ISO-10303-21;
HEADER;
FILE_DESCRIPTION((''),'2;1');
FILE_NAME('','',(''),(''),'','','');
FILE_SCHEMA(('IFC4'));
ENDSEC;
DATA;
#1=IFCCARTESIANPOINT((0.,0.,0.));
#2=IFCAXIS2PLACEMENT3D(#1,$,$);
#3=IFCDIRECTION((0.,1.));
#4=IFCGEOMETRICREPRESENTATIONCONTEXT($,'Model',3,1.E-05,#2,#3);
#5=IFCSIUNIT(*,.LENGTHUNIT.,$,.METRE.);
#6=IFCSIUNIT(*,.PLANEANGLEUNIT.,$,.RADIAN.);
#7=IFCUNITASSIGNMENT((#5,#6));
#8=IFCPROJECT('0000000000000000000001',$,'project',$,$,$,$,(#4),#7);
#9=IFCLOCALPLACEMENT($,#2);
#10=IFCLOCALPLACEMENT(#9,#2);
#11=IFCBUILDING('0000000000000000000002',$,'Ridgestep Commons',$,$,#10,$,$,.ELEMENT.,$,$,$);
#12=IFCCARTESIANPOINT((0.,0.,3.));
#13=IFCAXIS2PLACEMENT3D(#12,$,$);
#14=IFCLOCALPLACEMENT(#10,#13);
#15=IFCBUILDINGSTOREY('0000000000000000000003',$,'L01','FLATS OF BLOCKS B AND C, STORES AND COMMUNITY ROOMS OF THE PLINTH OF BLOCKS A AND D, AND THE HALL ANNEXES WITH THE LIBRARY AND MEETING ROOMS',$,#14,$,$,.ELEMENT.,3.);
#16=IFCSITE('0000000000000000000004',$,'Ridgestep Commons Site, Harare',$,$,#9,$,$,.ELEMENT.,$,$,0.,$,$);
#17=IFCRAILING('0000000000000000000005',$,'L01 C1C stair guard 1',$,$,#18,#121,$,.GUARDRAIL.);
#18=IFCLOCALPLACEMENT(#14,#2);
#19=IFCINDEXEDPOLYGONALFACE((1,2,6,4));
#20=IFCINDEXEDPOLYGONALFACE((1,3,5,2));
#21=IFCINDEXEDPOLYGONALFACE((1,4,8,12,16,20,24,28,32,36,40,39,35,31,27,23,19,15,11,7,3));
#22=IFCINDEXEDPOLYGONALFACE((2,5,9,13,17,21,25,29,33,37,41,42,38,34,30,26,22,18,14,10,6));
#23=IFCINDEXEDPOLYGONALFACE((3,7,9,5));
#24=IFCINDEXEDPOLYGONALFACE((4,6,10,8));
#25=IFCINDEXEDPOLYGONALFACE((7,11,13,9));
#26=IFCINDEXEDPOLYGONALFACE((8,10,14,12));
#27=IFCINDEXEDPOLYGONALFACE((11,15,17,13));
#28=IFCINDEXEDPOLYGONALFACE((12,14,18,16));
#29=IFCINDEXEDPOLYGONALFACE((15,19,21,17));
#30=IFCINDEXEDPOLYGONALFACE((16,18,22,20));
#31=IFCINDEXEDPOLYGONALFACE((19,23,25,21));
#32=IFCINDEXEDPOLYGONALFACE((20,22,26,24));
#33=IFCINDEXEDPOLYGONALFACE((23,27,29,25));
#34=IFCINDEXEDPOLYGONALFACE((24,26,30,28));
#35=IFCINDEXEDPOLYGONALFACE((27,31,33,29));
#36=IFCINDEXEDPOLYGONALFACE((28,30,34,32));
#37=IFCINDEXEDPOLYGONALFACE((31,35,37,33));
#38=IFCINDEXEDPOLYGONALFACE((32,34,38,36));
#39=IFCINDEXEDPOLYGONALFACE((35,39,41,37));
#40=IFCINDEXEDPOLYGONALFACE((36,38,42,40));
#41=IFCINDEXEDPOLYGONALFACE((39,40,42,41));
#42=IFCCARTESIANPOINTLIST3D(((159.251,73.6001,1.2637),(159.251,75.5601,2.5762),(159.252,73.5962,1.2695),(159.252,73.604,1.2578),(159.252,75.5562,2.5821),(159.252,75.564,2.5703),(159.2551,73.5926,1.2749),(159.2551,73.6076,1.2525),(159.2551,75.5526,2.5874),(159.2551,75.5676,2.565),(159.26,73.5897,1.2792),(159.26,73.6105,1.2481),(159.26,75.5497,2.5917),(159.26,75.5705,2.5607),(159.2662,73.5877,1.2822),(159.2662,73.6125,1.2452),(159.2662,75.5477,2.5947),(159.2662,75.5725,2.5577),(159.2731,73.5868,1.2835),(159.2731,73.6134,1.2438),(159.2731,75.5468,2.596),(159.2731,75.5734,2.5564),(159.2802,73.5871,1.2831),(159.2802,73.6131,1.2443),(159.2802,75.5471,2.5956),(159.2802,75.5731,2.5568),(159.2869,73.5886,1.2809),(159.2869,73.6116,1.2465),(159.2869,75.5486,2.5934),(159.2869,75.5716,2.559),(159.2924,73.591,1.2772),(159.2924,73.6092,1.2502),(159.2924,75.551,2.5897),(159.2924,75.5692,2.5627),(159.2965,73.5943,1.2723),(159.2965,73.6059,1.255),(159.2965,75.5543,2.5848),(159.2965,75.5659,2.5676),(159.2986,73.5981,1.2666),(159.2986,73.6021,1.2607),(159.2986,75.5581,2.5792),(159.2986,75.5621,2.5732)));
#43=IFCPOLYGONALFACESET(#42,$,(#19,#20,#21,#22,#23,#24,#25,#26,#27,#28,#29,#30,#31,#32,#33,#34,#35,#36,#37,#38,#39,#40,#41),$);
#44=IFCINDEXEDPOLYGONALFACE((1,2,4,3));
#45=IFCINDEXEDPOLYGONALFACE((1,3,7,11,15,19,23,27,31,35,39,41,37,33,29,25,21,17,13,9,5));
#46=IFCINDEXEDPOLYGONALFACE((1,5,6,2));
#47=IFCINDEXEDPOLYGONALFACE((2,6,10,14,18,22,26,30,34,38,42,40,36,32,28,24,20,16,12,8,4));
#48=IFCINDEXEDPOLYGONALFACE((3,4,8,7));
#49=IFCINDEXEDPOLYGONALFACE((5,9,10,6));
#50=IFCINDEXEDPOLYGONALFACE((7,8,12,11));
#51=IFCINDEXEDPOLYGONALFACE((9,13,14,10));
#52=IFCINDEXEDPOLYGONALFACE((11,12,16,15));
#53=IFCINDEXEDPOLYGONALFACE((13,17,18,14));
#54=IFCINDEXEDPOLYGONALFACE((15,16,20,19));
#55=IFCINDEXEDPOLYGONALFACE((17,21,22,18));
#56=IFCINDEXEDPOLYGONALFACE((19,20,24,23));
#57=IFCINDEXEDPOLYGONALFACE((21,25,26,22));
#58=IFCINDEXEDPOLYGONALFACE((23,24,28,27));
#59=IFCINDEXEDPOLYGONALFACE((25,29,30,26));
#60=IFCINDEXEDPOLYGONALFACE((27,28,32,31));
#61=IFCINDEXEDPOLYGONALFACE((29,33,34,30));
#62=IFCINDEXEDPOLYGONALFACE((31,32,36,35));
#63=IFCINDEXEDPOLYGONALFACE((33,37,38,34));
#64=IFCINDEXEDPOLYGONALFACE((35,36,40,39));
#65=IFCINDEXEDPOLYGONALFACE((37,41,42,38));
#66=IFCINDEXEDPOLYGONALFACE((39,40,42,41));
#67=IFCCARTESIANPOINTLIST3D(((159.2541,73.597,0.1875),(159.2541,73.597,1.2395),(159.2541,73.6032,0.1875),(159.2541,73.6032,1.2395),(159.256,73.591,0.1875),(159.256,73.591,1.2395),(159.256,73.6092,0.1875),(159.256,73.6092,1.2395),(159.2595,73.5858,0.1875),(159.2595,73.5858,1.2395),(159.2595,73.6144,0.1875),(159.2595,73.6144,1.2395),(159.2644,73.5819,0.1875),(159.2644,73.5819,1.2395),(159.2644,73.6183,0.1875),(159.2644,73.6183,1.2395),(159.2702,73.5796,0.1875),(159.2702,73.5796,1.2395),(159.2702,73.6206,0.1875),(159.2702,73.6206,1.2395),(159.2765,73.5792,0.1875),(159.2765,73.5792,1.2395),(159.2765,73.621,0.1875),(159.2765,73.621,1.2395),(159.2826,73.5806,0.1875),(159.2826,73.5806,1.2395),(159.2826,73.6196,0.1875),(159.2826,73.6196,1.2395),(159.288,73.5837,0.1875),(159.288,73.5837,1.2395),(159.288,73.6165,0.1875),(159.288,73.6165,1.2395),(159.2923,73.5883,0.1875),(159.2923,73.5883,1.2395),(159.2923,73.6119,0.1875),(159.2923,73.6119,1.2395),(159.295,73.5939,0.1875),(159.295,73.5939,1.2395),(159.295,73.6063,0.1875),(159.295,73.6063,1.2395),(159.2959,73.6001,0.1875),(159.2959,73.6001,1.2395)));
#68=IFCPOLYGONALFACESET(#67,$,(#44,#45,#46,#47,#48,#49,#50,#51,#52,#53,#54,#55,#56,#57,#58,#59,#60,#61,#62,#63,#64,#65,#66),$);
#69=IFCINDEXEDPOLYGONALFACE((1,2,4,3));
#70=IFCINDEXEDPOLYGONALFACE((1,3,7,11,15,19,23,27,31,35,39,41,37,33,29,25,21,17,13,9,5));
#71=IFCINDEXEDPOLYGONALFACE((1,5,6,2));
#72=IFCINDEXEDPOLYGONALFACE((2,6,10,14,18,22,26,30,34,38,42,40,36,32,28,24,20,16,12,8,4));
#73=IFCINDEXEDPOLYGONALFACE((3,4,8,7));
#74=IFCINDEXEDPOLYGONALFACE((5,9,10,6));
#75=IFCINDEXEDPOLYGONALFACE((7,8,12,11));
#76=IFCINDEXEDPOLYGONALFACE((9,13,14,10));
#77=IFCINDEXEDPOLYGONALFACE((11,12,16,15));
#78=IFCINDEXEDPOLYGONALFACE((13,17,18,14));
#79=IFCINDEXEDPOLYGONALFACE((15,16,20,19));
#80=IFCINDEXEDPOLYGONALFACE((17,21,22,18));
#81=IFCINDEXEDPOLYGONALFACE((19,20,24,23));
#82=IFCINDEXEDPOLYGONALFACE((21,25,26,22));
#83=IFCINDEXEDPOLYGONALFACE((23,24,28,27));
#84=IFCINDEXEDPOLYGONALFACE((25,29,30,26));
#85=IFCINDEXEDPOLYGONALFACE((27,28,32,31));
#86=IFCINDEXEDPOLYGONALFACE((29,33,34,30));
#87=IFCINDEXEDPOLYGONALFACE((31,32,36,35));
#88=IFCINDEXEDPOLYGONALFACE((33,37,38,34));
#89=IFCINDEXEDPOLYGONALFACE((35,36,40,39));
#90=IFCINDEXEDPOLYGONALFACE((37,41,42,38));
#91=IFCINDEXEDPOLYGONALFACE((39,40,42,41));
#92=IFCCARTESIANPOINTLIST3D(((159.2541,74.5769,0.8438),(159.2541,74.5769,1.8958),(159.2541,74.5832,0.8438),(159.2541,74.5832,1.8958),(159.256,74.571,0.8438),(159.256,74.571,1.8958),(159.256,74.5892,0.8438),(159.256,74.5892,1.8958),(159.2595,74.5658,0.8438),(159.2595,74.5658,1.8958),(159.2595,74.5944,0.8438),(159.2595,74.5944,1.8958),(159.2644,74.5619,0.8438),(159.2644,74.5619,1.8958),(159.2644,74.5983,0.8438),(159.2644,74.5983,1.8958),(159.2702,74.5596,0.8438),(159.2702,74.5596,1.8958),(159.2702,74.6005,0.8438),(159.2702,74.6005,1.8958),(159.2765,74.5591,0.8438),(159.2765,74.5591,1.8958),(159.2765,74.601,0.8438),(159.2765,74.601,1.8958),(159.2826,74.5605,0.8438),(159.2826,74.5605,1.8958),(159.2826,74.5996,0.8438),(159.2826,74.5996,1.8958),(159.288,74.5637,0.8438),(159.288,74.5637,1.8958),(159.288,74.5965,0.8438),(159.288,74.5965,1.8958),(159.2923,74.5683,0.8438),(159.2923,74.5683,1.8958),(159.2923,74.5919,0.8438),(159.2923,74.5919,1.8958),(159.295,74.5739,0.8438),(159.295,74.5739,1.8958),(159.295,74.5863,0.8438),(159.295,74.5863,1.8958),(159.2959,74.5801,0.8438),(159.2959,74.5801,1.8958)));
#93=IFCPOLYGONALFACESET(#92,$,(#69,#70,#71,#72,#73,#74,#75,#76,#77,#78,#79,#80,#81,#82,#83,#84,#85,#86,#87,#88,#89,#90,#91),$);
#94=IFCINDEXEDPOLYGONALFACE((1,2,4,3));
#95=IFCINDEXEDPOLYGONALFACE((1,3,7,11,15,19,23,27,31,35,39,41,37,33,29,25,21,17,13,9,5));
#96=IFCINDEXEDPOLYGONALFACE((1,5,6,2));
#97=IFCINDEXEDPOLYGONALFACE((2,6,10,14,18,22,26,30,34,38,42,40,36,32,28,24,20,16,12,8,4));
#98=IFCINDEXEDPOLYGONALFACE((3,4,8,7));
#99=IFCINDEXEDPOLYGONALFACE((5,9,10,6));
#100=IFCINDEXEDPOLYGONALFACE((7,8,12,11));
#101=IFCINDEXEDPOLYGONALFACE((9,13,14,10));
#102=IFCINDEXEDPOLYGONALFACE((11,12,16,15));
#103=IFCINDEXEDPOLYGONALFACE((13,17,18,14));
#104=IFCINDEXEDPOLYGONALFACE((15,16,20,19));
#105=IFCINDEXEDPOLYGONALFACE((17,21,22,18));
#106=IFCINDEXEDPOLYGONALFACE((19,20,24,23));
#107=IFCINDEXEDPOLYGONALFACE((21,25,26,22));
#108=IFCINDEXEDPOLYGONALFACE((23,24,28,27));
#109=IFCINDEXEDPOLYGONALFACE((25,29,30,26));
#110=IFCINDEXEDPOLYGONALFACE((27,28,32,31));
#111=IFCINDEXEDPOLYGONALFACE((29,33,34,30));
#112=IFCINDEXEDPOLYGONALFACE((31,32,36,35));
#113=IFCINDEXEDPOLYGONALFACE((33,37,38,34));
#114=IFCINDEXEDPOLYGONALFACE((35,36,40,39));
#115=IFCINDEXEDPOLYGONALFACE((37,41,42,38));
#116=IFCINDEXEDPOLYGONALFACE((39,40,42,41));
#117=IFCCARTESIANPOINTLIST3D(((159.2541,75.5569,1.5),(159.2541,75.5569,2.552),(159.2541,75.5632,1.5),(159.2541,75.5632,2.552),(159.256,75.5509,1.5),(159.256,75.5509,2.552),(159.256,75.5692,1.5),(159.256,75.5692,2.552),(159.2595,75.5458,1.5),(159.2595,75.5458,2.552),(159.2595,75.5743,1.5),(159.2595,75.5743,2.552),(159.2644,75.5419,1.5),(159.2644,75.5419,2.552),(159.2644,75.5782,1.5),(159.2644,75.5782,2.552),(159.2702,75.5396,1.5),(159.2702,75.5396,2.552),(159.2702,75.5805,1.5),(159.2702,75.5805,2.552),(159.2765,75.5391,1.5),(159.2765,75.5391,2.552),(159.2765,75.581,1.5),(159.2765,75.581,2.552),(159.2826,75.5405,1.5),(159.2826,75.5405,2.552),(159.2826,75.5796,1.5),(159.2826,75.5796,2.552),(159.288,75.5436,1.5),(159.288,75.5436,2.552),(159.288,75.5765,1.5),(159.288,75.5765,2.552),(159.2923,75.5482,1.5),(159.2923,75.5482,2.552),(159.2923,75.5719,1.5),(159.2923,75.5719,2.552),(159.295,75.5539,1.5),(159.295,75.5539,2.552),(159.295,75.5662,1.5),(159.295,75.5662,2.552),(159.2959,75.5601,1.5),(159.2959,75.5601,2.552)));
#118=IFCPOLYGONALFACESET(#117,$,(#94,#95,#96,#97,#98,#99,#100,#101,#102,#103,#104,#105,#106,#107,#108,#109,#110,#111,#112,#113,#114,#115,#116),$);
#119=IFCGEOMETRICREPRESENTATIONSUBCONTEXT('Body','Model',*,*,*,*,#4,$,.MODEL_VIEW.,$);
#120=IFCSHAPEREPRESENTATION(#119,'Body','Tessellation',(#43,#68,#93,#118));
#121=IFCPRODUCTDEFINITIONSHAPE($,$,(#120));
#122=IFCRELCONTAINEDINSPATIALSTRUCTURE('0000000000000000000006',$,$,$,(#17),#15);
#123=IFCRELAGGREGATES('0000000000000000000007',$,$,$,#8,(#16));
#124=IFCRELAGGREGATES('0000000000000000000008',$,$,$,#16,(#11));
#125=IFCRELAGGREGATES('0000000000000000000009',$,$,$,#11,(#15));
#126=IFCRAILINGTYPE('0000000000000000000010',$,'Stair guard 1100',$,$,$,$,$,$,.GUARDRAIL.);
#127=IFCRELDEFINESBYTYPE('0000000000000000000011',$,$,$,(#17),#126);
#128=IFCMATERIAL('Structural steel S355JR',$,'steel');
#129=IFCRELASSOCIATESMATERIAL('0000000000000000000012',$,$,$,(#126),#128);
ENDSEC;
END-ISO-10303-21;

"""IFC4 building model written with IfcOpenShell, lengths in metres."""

from ifc_helpers import new_model, si_unit, direction, frame, origin, origin_2d, place, context, subcontext, project, spatial, circle, extrude, material, type_object, element, save


model = new_model("IFC4")

# Units and contexts
model_context = context("Model", 3, precision=1e-05, world=origin(), true_north=direction((0.0, 1.0)))
body_context = subcontext(model_context, "Body", "Model", "MODEL_VIEW")
ifc_project = project(units=[si_unit("LENGTHUNIT", "METRE"), si_unit("PLANEANGLEUNIT", "RADIAN")], contexts=[model_context])

# Site, building, storey
site_placement = place(None, origin())
site = spatial("IfcSite", under=ifc_project, at=site_placement, Name="Ridgestep Commons Site, Harare", CompositionType="ELEMENT", RefElevation=0.0)
building_placement = place(site_placement, origin())
building = spatial("IfcBuilding", under=site, at=building_placement, Name="Ridgestep Commons", CompositionType="ELEMENT")
storey_placement = place(building_placement, frame((0.0, 0.0, 3.0)))
storey = spatial("IfcBuildingStorey", under=building, at=storey_placement, Name="L01", Description="FLATS OF BLOCKS B AND C, STORES AND COMMUNITY ROOMS OF THE PLINTH OF BLOCKS A AND D, AND THE HALL ANNEXES WITH THE LIBRARY AND MEETING ROOMS", CompositionType="ELEMENT", Elevation=3.0)

# Railing
ifc_material_1 = material(Name="Structural steel S355JR", Category="steel")
railing_type_1 = type_object("IfcRailingType", Name="Stair guard 1100", PredefinedType="GUARDRAIL", material=ifc_material_1)
railing_1_placement = place(storey_placement, frame((159.2749, 73.6001, 0.1875)))
element("IfcRailing", 1, at=railing_1_placement, inside=storey, type_object=railing_type_1, Name="L01 C1C stair guard 1", PredefinedType="GUARDRAIL", context=body_context, shape_type="SweptSolid", body=[
    extrude(circle(Radius=0.0239, at=origin_2d()), frame((0.0, 0.0, 1.0762), z_axis=(0.0, 0.830902, 0.556419), x_axis=(-1.0, 0.0, 0.0)), (0.0, 0.0, 1.0), 2.3589),
    extrude(circle(Radius=0.021, at=origin_2d()), origin(), (0.0, 0.0, 1.0), 1.052),
    extrude(circle(Radius=0.021, at=origin_2d()), frame((0.0, 0.98, 0.6562)), (0.0, 0.0, 1.0), 1.052),
    extrude(circle(Radius=0.021, at=origin_2d()), frame((0.0, 1.96, 1.3125)), (0.0, 0.0, 1.0), 1.052),
])

save(model, "model.ifc")
